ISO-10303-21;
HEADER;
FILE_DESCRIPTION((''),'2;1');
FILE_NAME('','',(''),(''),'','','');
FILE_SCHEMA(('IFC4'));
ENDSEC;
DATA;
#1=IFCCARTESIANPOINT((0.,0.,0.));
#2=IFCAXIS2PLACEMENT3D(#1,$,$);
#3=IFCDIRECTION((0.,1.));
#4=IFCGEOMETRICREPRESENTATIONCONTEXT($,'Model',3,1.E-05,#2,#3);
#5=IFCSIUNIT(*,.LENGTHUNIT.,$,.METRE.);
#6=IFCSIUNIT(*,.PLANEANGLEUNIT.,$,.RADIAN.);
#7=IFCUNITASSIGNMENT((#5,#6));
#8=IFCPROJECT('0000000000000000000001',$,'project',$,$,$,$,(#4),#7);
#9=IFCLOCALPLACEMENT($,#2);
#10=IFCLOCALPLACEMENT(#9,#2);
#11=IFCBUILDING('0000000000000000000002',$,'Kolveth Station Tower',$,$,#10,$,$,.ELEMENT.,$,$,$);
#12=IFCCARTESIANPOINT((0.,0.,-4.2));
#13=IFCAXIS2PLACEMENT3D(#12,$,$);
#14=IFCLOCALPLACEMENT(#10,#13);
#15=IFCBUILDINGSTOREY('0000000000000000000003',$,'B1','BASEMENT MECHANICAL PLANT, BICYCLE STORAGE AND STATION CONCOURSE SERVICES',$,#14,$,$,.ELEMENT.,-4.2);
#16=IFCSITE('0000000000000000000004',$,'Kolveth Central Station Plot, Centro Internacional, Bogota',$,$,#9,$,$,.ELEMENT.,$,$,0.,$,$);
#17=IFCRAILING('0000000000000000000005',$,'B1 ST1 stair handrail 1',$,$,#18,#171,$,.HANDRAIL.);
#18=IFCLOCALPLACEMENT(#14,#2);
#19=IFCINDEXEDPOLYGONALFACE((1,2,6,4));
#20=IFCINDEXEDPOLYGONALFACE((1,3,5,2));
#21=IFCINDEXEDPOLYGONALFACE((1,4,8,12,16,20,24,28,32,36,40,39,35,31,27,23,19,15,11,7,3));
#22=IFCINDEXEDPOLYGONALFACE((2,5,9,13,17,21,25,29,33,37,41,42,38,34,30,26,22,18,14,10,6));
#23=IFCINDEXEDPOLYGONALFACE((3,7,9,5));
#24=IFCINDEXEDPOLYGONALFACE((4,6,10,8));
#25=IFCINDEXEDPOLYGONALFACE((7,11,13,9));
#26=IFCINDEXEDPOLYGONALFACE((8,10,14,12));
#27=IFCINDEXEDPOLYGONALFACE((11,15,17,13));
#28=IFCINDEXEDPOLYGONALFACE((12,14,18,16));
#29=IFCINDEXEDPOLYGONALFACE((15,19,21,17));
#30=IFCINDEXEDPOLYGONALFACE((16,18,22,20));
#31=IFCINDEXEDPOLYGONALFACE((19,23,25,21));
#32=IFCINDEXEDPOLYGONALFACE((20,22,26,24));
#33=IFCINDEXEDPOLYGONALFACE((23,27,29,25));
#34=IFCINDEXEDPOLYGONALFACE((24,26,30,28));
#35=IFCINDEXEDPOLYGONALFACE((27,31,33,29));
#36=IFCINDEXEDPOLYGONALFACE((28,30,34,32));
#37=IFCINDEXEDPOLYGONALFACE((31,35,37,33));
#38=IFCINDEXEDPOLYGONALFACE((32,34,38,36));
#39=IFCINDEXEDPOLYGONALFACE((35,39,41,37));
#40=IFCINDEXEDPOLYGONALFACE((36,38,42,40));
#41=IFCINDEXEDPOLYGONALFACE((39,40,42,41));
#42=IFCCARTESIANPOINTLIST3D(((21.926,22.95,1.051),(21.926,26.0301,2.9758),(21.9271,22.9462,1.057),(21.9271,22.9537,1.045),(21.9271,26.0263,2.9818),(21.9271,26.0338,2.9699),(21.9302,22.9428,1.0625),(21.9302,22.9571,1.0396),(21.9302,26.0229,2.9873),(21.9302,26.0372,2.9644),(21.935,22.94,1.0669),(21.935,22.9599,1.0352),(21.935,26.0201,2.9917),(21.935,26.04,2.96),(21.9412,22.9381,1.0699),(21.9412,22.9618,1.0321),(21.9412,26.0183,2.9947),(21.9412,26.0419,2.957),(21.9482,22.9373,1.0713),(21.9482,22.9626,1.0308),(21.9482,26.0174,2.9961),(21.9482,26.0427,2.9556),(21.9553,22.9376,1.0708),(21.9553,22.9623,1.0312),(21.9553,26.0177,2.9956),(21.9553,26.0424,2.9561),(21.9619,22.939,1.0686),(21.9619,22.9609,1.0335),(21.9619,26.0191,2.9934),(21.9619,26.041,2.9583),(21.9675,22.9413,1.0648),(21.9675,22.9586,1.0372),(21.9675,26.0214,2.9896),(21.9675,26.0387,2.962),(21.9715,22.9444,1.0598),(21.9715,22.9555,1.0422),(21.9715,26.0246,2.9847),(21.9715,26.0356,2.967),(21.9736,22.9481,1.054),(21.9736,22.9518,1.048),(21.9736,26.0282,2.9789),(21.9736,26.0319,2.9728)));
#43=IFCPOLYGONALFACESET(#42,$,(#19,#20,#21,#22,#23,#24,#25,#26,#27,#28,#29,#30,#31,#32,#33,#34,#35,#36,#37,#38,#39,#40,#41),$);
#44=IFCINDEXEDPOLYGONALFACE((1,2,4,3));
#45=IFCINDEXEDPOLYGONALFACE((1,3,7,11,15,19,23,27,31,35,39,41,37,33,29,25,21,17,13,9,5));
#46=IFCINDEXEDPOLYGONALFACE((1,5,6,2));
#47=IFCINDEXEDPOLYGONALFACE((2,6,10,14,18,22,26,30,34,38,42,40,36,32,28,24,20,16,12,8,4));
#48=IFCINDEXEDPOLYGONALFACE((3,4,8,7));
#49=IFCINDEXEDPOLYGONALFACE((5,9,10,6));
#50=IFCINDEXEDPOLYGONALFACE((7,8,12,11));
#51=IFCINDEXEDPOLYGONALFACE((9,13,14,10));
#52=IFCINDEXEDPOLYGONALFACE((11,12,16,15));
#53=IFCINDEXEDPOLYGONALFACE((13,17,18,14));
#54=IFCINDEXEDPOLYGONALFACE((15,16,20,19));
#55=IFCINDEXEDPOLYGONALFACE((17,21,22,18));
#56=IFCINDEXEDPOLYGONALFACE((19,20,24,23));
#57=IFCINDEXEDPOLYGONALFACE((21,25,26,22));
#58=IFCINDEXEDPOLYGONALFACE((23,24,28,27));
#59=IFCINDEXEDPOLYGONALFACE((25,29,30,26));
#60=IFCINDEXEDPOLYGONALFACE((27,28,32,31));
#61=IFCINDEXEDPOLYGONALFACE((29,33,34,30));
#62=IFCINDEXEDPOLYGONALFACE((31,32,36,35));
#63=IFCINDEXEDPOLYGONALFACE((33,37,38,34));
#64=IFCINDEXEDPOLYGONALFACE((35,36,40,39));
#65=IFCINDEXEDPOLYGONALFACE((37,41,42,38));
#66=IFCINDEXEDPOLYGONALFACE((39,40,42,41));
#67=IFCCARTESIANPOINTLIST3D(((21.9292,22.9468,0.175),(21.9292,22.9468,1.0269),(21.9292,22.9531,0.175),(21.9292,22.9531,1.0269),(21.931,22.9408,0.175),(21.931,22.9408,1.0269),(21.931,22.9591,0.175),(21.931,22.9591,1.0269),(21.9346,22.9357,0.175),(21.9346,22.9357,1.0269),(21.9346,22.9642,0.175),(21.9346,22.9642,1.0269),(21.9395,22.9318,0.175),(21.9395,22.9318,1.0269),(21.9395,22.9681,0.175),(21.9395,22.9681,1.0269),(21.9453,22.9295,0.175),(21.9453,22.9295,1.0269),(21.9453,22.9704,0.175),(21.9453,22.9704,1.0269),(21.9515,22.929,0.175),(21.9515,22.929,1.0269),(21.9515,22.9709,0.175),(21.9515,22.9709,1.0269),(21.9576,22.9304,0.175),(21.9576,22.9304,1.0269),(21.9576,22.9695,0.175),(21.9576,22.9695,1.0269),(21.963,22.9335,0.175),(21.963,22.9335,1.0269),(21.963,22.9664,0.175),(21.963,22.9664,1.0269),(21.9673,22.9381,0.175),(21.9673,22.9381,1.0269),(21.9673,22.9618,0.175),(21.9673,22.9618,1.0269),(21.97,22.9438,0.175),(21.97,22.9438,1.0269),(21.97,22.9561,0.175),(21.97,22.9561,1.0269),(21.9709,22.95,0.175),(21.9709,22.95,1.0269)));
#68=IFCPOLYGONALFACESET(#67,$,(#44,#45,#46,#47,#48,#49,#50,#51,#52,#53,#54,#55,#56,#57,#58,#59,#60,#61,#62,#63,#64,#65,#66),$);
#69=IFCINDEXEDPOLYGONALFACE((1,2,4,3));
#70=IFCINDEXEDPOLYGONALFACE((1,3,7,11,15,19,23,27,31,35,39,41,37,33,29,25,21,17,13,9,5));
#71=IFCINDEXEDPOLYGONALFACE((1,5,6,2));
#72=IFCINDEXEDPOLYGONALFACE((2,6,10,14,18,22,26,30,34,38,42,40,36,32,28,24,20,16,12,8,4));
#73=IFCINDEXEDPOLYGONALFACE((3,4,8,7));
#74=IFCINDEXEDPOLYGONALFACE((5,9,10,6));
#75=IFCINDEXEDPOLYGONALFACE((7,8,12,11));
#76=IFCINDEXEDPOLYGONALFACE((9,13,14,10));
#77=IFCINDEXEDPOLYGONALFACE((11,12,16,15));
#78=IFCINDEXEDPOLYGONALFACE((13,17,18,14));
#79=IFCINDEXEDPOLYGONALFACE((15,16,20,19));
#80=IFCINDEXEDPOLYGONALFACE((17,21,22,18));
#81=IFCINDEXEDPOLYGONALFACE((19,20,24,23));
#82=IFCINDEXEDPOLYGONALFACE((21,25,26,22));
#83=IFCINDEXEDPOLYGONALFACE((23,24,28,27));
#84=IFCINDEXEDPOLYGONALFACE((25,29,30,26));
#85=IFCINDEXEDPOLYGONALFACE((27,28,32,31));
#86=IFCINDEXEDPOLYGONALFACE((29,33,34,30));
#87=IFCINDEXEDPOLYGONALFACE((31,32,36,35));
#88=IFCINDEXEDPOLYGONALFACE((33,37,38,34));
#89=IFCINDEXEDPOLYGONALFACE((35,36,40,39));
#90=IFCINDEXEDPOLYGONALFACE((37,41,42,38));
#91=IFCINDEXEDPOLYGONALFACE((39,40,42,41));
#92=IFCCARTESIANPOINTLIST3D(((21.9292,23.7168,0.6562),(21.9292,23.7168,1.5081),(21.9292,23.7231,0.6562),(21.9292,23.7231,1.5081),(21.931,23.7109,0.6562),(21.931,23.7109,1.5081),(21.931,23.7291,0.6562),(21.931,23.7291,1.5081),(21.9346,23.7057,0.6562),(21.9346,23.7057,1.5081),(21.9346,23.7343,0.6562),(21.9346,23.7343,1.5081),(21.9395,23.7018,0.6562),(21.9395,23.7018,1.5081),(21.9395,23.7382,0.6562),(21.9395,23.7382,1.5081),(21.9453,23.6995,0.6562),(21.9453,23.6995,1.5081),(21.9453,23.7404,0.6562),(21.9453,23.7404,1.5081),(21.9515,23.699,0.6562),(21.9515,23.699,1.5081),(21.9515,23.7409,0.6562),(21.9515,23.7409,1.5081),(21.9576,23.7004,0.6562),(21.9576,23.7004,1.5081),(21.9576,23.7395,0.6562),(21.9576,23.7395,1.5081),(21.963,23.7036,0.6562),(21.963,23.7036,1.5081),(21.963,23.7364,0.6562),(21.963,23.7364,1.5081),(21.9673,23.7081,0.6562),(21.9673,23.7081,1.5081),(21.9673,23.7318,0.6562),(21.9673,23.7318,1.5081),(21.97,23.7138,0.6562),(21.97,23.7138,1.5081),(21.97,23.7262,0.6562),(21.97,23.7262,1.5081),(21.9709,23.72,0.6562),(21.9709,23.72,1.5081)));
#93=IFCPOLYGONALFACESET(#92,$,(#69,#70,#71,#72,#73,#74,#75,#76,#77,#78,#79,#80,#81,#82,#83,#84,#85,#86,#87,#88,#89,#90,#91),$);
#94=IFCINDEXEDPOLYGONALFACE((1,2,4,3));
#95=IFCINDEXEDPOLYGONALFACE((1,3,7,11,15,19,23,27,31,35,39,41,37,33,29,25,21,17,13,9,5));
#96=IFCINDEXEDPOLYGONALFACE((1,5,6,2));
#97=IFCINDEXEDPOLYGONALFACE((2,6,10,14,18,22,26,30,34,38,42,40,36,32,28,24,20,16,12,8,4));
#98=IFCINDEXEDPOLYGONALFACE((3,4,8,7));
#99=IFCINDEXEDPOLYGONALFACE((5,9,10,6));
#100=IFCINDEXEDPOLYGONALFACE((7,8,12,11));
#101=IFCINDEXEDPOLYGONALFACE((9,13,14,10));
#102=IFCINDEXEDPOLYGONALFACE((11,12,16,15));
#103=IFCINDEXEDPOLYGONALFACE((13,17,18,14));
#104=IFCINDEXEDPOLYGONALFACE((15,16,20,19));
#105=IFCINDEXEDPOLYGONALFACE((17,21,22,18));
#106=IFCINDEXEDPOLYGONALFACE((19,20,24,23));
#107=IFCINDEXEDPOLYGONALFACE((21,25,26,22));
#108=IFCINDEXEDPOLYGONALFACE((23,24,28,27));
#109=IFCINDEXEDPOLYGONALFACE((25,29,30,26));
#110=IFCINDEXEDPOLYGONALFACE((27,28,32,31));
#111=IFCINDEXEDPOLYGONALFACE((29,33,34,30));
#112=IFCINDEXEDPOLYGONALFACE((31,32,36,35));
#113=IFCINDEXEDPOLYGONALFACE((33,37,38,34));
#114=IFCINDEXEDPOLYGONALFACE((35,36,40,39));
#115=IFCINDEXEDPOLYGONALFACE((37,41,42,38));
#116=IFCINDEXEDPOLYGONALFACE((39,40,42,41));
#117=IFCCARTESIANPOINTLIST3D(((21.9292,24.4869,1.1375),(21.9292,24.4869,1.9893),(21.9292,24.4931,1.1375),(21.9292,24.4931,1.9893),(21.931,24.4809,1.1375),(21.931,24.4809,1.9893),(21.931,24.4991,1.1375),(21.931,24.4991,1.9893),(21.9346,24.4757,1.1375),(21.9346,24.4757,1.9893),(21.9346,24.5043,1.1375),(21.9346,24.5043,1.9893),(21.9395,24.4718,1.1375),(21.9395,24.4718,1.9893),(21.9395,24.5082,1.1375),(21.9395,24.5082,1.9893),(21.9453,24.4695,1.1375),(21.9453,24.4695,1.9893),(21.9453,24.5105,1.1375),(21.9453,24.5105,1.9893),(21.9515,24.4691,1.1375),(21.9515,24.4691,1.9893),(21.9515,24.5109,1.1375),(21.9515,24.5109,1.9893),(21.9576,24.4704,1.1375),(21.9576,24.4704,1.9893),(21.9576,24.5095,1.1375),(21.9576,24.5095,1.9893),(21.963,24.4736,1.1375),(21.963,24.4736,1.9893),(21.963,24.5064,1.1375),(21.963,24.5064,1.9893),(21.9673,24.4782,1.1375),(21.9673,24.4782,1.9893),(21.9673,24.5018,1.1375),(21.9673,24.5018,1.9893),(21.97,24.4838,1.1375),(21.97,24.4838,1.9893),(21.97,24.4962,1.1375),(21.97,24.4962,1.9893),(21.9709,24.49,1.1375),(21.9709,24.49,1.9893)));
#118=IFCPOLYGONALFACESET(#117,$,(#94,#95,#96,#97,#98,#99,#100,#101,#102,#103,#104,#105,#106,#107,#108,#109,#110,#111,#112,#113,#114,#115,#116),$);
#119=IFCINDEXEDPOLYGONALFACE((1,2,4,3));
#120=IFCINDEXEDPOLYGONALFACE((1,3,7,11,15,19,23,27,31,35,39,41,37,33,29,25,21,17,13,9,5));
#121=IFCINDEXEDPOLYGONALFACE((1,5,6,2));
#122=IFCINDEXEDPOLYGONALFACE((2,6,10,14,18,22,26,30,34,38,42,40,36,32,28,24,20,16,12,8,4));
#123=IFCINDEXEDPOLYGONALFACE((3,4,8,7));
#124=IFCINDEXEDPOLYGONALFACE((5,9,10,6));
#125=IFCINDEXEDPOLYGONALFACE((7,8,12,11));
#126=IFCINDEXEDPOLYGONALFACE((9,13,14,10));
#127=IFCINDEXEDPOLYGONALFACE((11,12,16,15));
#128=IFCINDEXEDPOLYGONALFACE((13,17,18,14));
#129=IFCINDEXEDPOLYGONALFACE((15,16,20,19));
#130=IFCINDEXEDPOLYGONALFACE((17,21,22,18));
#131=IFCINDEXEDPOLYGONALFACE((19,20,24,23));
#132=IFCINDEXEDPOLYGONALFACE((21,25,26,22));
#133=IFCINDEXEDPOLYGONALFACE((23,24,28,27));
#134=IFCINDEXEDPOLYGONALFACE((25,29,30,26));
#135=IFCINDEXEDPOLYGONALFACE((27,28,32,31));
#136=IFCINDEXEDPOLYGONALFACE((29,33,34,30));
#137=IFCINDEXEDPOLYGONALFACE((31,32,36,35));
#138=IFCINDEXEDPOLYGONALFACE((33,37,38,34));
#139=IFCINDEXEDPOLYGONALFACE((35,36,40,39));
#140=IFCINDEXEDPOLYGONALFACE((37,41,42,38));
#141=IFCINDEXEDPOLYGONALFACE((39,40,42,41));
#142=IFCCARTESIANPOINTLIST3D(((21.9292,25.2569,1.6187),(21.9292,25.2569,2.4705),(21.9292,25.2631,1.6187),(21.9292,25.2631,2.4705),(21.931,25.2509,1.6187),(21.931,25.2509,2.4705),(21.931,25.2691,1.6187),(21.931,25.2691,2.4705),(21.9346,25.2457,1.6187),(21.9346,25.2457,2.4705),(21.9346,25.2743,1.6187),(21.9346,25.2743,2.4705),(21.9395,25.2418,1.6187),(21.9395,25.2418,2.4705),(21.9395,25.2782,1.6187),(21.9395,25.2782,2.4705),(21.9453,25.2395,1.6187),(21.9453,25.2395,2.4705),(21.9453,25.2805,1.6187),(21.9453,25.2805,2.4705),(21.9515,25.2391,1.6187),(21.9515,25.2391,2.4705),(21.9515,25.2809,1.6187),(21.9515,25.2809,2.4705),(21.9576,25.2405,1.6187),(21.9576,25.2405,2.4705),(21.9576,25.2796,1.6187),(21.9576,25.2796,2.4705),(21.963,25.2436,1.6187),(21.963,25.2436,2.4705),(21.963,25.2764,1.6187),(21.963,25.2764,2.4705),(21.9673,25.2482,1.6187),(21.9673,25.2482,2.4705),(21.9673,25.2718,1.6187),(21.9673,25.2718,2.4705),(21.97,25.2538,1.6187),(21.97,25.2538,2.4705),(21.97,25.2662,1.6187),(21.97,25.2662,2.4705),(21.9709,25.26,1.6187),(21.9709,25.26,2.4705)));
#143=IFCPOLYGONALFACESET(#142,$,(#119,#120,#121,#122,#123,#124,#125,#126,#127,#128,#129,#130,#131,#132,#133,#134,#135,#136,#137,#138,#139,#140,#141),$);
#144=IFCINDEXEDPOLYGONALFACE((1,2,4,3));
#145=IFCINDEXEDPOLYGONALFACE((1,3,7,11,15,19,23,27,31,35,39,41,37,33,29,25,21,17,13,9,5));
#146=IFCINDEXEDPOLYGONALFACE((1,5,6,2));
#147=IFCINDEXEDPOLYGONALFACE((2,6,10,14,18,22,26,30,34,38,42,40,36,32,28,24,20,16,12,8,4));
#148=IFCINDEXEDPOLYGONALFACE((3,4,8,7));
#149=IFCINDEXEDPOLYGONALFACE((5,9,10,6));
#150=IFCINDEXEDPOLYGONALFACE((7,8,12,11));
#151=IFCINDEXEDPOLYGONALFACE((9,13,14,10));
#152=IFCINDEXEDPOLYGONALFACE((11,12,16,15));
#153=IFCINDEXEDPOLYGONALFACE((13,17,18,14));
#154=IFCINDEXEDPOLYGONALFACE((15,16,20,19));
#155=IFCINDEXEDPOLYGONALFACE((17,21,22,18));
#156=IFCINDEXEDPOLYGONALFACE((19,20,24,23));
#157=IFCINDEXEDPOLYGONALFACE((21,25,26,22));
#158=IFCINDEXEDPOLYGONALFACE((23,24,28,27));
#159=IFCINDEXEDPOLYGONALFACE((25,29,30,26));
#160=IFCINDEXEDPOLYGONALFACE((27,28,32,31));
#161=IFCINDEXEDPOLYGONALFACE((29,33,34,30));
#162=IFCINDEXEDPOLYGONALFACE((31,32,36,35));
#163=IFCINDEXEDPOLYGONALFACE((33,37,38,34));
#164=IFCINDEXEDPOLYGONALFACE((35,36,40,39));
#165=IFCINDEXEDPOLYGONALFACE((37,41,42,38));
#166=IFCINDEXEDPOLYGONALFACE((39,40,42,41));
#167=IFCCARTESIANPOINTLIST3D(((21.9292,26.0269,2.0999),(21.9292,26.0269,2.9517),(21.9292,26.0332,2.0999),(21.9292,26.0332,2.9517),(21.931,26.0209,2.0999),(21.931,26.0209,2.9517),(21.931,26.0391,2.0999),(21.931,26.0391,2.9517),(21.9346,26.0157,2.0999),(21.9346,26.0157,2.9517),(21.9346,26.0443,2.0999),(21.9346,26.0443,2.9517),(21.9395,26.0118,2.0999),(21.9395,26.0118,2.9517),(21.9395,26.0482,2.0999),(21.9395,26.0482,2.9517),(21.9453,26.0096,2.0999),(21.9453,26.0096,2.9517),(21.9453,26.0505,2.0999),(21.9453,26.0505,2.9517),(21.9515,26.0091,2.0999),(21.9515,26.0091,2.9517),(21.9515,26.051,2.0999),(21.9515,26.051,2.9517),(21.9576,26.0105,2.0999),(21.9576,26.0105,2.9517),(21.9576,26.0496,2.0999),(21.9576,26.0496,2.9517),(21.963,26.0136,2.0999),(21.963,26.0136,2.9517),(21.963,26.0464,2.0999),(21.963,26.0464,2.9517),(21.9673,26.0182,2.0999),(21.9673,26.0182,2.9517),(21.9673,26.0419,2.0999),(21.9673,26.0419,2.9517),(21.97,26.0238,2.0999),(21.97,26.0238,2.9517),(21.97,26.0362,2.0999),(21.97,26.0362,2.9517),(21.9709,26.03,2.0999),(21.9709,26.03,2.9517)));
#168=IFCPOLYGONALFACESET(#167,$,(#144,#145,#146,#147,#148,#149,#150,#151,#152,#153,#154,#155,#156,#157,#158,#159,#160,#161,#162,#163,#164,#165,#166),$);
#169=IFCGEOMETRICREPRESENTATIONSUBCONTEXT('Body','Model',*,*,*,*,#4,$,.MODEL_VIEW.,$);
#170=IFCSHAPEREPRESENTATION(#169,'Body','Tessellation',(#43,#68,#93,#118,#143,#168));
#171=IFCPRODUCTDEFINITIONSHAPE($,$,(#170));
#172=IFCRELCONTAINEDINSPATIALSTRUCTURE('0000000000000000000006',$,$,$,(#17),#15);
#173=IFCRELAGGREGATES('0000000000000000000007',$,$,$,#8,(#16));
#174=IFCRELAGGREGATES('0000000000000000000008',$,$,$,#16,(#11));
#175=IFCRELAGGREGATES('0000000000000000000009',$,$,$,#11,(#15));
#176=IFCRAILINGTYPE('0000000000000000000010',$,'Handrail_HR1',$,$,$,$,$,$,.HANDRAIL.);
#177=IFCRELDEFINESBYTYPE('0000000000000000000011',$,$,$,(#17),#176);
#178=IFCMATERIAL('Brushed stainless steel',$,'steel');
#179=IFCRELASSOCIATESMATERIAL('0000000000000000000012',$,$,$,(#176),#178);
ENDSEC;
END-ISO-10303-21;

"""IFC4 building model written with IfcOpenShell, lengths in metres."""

from ifc_helpers import new_model, si_unit, direction, frame, origin, origin_2d, place, context, subcontext, project, spatial, circle, extrude, material, type_object, element, save


model = new_model("IFC4")

# Units and contexts
model_context = context("Model", 3, precision=1e-05, world=origin(), true_north=direction((0.0, 1.0)))
body_context = subcontext(model_context, "Body", "Model", "MODEL_VIEW")
ifc_project = project(units=[si_unit("LENGTHUNIT", "METRE"), si_unit("PLANEANGLEUNIT", "RADIAN")], contexts=[model_context])

# Site, building, storey
site_placement = place(None, origin())
site = spatial("IfcSite", under=ifc_project, at=site_placement, Name="Kolveth Central Station Plot, Centro Internacional, Bogota", CompositionType="ELEMENT", RefElevation=0.0)
building_placement = place(site_placement, origin())
building = spatial("IfcBuilding", under=site, at=building_placement, Name="Kolveth Station Tower", CompositionType="ELEMENT")
storey_placement = place(building_placement, frame((0.0, 0.0, -4.2)))
storey = spatial("IfcBuildingStorey", under=building, at=storey_placement, Name="B1", Description="BASEMENT MECHANICAL PLANT, BICYCLE STORAGE AND STATION CONCOURSE SERVICES", CompositionType="ELEMENT", Elevation=-4.2)

# Railing
ifc_material_1 = material(Name="Brushed stainless steel", Category="steel")
railing_type_1 = type_object("IfcRailingType", Name="Handrail_HR1", PredefinedType="HANDRAIL", material=ifc_material_1)
railing_1_placement = place(storey_placement, frame((21.95, 22.95, 0.175)))
element("IfcRailing", 1, at=railing_1_placement, inside=storey, type_object=railing_type_1, Name="B1 ST1 stair handrail 1", PredefinedType="HANDRAIL", context=body_context, shape_type="SweptSolid", body=[
    extrude(circle(Radius=0.0239, at=origin_2d()), frame((0.0, 0.0, 0.876), z_axis=(0.0, 0.848029, 0.529951), x_axis=(-1.0, 0.0, 0.0)), (0.0, 0.0, 1.0), 3.6321),
    extrude(circle(Radius=0.021, at=origin_2d()), origin(), (0.0, 0.0, 1.0), 0.8518),
    extrude(circle(Radius=0.021, at=origin_2d()), frame((0.0, 0.77, 0.4812)), (0.0, 0.0, 1.0), 0.8518),
    extrude(circle(Radius=0.021, at=origin_2d()), frame((0.0, 1.54, 0.9624)), (0.0, 0.0, 1.0), 0.8518),
    extrude(circle(Radius=0.021, at=origin_2d()), frame((0.0, 2.3101, 1.4436)), (0.0, 0.0, 1.0), 0.8518),
    extrude(circle(Radius=0.021, at=origin_2d()), frame((0.0, 3.0801, 1.9248)), (0.0, 0.0, 1.0), 0.8518),
])

save(model, "model.ifc")
